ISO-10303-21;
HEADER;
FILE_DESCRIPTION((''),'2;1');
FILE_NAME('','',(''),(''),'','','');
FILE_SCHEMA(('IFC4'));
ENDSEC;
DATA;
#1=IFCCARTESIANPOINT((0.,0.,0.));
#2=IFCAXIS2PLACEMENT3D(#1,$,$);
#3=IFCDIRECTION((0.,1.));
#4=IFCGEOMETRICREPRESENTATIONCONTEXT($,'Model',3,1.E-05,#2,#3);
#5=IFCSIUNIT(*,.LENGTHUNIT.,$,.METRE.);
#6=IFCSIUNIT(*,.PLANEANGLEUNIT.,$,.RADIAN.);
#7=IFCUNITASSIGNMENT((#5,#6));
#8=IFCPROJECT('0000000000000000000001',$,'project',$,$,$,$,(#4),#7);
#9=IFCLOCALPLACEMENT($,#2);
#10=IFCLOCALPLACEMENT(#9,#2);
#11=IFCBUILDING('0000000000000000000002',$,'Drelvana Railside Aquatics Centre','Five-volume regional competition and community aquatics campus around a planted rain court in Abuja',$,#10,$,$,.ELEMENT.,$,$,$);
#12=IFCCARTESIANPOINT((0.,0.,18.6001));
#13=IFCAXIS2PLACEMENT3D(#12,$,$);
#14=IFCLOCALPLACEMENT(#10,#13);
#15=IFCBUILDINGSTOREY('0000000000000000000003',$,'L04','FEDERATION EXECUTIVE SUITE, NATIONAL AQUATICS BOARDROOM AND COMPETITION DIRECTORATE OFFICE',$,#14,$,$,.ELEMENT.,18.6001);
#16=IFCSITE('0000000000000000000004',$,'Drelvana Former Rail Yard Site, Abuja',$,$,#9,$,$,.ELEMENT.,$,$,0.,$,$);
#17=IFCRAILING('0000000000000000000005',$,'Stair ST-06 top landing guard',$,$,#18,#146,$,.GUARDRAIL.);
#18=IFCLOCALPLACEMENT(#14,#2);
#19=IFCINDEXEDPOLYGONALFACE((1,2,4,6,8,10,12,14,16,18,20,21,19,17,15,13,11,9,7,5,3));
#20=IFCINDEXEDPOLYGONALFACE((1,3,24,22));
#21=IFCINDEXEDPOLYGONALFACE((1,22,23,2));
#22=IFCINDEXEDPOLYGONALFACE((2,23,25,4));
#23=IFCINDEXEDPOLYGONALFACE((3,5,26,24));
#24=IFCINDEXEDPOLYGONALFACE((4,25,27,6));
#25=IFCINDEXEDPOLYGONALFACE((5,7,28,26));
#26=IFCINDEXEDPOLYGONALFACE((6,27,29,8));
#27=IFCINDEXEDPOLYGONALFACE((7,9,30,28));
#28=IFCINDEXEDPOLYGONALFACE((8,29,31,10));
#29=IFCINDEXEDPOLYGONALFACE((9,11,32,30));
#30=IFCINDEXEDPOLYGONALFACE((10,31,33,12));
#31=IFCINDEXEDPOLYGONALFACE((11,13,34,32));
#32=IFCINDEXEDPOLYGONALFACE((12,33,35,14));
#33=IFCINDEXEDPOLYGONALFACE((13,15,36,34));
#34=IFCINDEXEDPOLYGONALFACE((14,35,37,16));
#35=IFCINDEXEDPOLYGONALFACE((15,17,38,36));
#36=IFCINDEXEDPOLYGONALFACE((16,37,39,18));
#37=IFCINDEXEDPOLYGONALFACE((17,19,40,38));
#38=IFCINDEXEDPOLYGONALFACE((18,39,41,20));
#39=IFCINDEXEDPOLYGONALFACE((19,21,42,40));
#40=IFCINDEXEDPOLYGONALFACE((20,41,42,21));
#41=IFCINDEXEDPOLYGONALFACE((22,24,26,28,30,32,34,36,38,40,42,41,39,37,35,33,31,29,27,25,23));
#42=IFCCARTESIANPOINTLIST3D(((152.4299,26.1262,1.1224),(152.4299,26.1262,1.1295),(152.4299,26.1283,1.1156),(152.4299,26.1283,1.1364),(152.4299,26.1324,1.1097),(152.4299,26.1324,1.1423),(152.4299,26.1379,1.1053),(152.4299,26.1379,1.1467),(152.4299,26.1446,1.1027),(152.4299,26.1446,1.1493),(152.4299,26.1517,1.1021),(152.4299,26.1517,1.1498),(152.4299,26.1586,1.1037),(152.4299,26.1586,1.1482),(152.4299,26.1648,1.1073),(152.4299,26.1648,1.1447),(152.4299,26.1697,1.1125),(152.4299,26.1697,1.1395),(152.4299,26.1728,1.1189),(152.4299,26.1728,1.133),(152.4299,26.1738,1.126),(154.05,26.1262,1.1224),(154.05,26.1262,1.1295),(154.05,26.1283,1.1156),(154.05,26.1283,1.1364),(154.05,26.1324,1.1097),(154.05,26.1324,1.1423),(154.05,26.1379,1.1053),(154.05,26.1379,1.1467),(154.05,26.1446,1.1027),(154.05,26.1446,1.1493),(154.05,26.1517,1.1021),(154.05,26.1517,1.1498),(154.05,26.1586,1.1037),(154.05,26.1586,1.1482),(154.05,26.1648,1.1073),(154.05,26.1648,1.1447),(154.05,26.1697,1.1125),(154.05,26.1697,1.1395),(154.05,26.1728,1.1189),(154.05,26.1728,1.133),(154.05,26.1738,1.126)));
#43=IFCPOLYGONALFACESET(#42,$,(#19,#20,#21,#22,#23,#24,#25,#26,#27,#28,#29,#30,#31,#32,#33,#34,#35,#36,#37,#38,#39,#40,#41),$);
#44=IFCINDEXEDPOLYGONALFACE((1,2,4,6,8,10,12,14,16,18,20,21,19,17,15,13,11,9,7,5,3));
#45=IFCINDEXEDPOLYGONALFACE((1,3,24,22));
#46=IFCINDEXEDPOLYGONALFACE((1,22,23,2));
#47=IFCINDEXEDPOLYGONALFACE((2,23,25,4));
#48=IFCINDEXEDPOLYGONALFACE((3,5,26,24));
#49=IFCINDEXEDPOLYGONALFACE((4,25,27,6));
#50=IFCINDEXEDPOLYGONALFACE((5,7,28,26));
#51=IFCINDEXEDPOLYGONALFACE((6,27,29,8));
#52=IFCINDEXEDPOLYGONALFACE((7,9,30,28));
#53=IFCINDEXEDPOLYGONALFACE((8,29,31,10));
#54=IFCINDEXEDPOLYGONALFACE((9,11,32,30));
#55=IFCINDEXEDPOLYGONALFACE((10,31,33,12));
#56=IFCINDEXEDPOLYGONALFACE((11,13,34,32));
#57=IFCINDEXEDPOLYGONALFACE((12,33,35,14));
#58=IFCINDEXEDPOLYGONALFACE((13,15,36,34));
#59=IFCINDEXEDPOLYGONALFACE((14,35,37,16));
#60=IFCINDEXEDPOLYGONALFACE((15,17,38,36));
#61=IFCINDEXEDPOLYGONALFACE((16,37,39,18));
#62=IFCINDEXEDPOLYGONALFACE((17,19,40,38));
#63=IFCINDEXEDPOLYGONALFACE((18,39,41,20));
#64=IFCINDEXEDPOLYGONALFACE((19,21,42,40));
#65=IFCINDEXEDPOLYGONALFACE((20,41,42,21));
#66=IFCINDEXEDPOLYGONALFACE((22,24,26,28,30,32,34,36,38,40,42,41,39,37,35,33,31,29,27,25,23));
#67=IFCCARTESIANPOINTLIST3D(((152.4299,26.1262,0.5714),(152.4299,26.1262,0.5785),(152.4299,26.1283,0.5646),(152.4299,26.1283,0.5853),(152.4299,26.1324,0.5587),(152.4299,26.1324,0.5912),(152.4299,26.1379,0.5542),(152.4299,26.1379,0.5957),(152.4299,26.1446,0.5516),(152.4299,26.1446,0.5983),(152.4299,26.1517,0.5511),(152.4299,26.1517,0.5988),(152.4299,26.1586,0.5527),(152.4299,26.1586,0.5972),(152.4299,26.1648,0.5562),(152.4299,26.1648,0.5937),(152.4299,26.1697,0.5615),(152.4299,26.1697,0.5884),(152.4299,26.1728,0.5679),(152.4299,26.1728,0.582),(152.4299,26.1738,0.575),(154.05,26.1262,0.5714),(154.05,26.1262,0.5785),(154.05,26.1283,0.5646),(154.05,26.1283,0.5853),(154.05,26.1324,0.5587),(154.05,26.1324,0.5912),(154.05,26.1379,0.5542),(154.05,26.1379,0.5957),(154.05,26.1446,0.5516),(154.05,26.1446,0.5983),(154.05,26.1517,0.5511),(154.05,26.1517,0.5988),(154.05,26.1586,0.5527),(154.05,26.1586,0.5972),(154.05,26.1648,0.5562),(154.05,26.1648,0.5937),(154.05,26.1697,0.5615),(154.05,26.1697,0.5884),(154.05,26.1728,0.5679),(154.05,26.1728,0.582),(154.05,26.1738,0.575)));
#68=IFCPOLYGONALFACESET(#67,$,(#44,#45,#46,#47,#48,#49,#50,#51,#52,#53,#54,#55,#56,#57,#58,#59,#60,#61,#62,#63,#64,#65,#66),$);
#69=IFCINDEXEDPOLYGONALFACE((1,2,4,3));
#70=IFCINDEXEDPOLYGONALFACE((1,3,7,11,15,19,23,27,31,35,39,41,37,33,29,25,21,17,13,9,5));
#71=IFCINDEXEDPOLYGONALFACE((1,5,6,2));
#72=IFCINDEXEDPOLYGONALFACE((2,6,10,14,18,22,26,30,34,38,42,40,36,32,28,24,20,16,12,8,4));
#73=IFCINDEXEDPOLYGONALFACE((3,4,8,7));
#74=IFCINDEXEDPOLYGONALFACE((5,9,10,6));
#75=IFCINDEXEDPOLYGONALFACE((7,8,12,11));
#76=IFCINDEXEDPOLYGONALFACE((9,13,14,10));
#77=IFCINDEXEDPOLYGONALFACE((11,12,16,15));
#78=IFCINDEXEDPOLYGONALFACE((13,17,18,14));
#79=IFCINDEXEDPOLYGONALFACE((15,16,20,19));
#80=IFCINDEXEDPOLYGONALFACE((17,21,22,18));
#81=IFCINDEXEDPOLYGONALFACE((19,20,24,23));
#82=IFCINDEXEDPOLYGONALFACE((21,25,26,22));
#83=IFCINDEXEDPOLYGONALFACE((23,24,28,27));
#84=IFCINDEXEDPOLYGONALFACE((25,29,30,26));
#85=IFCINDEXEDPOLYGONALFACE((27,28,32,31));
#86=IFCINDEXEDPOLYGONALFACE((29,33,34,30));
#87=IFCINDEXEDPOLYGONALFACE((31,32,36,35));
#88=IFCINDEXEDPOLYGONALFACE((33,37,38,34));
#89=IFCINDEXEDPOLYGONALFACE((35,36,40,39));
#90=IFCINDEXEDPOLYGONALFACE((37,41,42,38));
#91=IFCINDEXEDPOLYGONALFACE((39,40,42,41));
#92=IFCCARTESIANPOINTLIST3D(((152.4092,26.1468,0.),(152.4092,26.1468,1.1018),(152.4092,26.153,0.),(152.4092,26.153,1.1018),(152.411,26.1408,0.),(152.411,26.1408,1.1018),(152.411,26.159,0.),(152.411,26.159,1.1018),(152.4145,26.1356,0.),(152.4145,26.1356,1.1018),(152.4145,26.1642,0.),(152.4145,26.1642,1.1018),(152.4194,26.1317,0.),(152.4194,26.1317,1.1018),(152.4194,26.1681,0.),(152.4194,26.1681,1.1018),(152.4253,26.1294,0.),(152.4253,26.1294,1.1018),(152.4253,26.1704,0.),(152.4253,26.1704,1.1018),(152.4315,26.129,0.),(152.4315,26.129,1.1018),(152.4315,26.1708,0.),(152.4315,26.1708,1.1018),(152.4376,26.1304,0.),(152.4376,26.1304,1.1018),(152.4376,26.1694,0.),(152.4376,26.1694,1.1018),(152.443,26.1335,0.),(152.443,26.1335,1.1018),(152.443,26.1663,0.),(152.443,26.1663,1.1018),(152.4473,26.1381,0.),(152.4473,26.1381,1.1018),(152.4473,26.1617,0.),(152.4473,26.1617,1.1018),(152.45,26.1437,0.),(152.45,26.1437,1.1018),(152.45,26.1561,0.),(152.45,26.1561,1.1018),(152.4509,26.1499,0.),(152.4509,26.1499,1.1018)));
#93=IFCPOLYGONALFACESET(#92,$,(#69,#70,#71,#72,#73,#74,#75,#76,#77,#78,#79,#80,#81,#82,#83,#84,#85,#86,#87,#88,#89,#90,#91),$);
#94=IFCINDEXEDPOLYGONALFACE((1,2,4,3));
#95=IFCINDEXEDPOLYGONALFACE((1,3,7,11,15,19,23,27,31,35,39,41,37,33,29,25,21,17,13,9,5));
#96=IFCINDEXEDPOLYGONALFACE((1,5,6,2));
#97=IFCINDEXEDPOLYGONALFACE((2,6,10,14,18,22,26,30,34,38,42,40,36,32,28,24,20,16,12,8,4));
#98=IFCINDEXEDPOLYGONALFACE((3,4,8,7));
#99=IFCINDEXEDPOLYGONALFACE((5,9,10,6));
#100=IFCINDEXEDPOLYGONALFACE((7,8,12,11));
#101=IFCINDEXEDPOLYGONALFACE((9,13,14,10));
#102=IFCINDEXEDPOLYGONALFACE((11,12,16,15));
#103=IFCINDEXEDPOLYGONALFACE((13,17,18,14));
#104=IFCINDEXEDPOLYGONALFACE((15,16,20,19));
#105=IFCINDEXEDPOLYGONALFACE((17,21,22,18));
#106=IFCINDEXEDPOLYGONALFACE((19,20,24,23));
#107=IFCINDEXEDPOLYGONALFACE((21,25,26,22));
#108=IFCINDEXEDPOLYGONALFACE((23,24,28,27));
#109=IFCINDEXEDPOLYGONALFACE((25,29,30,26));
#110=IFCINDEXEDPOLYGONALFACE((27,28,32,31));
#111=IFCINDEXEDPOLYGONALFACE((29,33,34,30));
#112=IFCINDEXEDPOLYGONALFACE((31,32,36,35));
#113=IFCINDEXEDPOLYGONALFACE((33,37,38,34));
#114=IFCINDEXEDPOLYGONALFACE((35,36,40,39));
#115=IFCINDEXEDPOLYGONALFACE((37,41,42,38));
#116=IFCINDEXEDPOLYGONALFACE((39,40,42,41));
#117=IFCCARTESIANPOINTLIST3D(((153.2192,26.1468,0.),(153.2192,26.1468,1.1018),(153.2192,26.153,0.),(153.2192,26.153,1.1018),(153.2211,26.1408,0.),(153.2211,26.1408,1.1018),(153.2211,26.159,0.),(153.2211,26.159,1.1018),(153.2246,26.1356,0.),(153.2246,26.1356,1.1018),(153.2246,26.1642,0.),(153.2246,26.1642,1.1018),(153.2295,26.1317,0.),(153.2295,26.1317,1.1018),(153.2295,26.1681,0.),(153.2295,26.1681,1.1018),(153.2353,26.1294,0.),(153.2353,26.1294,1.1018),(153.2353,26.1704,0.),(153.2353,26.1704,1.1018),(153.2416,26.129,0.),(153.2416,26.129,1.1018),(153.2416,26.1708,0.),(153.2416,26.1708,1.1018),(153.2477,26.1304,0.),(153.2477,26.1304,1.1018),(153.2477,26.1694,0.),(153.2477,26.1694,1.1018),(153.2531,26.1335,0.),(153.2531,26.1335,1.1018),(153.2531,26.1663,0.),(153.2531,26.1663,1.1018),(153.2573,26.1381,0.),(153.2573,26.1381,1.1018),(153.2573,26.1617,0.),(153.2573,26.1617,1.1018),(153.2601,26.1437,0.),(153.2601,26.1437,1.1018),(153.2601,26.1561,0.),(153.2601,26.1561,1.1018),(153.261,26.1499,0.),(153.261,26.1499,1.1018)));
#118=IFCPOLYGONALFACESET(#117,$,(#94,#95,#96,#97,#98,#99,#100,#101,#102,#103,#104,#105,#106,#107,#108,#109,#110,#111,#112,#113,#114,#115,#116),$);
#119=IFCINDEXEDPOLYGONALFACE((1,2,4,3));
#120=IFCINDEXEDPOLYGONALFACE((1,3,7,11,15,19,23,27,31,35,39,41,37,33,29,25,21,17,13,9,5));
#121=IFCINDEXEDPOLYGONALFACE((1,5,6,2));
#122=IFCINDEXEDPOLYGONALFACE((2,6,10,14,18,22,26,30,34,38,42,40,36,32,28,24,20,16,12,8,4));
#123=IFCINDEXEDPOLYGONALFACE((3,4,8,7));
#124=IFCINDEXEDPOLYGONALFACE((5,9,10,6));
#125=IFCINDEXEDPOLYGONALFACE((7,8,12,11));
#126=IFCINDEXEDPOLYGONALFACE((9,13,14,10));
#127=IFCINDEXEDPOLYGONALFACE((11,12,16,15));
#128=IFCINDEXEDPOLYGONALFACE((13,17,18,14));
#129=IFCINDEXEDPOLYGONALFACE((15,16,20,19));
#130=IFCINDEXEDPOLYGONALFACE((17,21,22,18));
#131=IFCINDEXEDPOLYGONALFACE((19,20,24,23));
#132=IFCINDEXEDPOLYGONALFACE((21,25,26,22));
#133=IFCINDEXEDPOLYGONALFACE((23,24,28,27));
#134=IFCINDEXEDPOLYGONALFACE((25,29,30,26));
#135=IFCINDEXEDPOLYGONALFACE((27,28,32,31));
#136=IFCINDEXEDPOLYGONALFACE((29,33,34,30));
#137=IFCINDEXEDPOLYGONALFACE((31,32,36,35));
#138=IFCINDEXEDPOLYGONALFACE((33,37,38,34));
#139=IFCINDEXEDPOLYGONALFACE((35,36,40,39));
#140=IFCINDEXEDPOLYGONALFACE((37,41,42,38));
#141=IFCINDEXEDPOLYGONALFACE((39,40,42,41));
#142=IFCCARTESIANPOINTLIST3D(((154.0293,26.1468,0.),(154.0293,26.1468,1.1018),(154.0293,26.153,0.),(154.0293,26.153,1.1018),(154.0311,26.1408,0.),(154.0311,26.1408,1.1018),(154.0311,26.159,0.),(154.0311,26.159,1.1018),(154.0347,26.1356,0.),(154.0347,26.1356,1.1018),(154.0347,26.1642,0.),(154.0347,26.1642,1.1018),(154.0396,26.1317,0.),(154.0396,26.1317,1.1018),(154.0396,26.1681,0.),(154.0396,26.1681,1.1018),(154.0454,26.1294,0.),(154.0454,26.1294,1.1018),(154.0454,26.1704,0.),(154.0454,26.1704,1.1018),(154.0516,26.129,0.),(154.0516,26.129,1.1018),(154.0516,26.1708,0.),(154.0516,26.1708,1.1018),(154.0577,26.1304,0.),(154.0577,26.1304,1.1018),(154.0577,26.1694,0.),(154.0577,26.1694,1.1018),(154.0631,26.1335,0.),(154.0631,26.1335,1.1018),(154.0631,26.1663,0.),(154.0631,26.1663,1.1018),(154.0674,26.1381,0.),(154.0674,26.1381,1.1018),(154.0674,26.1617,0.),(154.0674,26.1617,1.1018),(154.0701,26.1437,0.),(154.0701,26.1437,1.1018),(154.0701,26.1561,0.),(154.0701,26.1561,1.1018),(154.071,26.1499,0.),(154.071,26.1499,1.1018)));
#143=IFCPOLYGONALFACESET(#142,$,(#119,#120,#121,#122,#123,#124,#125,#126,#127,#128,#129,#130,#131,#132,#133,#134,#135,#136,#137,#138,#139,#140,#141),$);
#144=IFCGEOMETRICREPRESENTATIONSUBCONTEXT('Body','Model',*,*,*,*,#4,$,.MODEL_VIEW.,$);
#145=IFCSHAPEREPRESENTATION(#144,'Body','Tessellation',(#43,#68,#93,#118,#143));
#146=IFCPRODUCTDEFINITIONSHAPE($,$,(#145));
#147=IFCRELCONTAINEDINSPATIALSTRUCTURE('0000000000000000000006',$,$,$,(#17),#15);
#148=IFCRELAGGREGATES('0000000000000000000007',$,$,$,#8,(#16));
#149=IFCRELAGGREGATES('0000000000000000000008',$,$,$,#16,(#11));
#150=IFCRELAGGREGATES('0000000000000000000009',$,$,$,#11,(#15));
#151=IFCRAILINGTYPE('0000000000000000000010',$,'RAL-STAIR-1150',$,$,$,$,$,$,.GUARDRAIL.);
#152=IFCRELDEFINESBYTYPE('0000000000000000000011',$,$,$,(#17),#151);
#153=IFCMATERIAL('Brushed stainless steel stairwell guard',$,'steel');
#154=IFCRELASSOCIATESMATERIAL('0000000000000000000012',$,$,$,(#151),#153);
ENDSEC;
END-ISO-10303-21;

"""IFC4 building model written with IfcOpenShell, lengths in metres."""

from ifc_helpers import new_model, si_unit, direction, frame, origin, origin_2d, place, context, subcontext, project, spatial, circle, extrude, material, type_object, element, save


model = new_model("IFC4")

# Units and contexts
model_context = context("Model", 3, precision=1e-05, world=origin(), true_north=direction((0.0, 1.0)))
body_context = subcontext(model_context, "Body", "Model", "MODEL_VIEW")
ifc_project = project(units=[si_unit("LENGTHUNIT", "METRE"), si_unit("PLANEANGLEUNIT", "RADIAN")], contexts=[model_context])

# Site, building, storey
site_placement = place(None, origin())
site = spatial("IfcSite", under=ifc_project, at=site_placement, Name="Drelvana Former Rail Yard Site, Abuja", CompositionType="ELEMENT", RefElevation=0.0)
building_placement = place(site_placement, origin())
building = spatial("IfcBuilding", under=site, at=building_placement, Name="Drelvana Railside Aquatics Centre", Description="Five-volume regional competition and community aquatics campus around a planted rain court in Abuja", CompositionType="ELEMENT")
storey_placement = place(building_placement, frame((0.0, 0.0, 18.6001)))
storey = spatial("IfcBuildingStorey", under=building, at=storey_placement, Name="L04", Description="FEDERATION EXECUTIVE SUITE, NATIONAL AQUATICS BOARDROOM AND COMPETITION DIRECTORATE OFFICE", CompositionType="ELEMENT", Elevation=18.6001)

# Railing
ifc_material_1 = material(Name="Brushed stainless steel stairwell guard", Category="steel")
railing_type = type_object("IfcRailingType", Name="RAL-STAIR-1150", PredefinedType="GUARDRAIL", material=ifc_material_1)
railing_placement = place(storey_placement, frame((152.4299, 26.1499, 0.0)))
element("IfcRailing", 1, at=railing_placement, inside=storey, type_object=railing_type, Name="Stair ST-06 top landing guard", PredefinedType="GUARDRAIL", context=body_context, shape_type="SweptSolid", body=[
    extrude(circle(Radius=0.0239, at=origin_2d()), frame((0.0, 0.0, 1.126), z_axis=(1.0, 0.0, 0.0), x_axis=(0.0, 1.0, 0.0)), (0.0, 0.0, 1.0), 1.6201),
    extrude(circle(Radius=0.0239, at=origin_2d()), frame((0.0, 0.0, 0.575), z_axis=(1.0, 0.0, 0.0), x_axis=(0.0, 1.0, 0.0)), (0.0, 0.0, 1.0), 1.6201),
    extrude(circle(Radius=0.021, at=origin_2d()), origin(), (0.0, 0.0, 1.0), 1.1018),
    extrude(circle(Radius=0.021, at=origin_2d()), frame((0.8101, 0.0, 0.0)), (0.0, 0.0, 1.0), 1.1018),
    extrude(circle(Radius=0.021, at=origin_2d()), frame((1.6201, 0.0, 0.0)), (0.0, 0.0, 1.0), 1.1018),
])

save(model, "model.ifc")
